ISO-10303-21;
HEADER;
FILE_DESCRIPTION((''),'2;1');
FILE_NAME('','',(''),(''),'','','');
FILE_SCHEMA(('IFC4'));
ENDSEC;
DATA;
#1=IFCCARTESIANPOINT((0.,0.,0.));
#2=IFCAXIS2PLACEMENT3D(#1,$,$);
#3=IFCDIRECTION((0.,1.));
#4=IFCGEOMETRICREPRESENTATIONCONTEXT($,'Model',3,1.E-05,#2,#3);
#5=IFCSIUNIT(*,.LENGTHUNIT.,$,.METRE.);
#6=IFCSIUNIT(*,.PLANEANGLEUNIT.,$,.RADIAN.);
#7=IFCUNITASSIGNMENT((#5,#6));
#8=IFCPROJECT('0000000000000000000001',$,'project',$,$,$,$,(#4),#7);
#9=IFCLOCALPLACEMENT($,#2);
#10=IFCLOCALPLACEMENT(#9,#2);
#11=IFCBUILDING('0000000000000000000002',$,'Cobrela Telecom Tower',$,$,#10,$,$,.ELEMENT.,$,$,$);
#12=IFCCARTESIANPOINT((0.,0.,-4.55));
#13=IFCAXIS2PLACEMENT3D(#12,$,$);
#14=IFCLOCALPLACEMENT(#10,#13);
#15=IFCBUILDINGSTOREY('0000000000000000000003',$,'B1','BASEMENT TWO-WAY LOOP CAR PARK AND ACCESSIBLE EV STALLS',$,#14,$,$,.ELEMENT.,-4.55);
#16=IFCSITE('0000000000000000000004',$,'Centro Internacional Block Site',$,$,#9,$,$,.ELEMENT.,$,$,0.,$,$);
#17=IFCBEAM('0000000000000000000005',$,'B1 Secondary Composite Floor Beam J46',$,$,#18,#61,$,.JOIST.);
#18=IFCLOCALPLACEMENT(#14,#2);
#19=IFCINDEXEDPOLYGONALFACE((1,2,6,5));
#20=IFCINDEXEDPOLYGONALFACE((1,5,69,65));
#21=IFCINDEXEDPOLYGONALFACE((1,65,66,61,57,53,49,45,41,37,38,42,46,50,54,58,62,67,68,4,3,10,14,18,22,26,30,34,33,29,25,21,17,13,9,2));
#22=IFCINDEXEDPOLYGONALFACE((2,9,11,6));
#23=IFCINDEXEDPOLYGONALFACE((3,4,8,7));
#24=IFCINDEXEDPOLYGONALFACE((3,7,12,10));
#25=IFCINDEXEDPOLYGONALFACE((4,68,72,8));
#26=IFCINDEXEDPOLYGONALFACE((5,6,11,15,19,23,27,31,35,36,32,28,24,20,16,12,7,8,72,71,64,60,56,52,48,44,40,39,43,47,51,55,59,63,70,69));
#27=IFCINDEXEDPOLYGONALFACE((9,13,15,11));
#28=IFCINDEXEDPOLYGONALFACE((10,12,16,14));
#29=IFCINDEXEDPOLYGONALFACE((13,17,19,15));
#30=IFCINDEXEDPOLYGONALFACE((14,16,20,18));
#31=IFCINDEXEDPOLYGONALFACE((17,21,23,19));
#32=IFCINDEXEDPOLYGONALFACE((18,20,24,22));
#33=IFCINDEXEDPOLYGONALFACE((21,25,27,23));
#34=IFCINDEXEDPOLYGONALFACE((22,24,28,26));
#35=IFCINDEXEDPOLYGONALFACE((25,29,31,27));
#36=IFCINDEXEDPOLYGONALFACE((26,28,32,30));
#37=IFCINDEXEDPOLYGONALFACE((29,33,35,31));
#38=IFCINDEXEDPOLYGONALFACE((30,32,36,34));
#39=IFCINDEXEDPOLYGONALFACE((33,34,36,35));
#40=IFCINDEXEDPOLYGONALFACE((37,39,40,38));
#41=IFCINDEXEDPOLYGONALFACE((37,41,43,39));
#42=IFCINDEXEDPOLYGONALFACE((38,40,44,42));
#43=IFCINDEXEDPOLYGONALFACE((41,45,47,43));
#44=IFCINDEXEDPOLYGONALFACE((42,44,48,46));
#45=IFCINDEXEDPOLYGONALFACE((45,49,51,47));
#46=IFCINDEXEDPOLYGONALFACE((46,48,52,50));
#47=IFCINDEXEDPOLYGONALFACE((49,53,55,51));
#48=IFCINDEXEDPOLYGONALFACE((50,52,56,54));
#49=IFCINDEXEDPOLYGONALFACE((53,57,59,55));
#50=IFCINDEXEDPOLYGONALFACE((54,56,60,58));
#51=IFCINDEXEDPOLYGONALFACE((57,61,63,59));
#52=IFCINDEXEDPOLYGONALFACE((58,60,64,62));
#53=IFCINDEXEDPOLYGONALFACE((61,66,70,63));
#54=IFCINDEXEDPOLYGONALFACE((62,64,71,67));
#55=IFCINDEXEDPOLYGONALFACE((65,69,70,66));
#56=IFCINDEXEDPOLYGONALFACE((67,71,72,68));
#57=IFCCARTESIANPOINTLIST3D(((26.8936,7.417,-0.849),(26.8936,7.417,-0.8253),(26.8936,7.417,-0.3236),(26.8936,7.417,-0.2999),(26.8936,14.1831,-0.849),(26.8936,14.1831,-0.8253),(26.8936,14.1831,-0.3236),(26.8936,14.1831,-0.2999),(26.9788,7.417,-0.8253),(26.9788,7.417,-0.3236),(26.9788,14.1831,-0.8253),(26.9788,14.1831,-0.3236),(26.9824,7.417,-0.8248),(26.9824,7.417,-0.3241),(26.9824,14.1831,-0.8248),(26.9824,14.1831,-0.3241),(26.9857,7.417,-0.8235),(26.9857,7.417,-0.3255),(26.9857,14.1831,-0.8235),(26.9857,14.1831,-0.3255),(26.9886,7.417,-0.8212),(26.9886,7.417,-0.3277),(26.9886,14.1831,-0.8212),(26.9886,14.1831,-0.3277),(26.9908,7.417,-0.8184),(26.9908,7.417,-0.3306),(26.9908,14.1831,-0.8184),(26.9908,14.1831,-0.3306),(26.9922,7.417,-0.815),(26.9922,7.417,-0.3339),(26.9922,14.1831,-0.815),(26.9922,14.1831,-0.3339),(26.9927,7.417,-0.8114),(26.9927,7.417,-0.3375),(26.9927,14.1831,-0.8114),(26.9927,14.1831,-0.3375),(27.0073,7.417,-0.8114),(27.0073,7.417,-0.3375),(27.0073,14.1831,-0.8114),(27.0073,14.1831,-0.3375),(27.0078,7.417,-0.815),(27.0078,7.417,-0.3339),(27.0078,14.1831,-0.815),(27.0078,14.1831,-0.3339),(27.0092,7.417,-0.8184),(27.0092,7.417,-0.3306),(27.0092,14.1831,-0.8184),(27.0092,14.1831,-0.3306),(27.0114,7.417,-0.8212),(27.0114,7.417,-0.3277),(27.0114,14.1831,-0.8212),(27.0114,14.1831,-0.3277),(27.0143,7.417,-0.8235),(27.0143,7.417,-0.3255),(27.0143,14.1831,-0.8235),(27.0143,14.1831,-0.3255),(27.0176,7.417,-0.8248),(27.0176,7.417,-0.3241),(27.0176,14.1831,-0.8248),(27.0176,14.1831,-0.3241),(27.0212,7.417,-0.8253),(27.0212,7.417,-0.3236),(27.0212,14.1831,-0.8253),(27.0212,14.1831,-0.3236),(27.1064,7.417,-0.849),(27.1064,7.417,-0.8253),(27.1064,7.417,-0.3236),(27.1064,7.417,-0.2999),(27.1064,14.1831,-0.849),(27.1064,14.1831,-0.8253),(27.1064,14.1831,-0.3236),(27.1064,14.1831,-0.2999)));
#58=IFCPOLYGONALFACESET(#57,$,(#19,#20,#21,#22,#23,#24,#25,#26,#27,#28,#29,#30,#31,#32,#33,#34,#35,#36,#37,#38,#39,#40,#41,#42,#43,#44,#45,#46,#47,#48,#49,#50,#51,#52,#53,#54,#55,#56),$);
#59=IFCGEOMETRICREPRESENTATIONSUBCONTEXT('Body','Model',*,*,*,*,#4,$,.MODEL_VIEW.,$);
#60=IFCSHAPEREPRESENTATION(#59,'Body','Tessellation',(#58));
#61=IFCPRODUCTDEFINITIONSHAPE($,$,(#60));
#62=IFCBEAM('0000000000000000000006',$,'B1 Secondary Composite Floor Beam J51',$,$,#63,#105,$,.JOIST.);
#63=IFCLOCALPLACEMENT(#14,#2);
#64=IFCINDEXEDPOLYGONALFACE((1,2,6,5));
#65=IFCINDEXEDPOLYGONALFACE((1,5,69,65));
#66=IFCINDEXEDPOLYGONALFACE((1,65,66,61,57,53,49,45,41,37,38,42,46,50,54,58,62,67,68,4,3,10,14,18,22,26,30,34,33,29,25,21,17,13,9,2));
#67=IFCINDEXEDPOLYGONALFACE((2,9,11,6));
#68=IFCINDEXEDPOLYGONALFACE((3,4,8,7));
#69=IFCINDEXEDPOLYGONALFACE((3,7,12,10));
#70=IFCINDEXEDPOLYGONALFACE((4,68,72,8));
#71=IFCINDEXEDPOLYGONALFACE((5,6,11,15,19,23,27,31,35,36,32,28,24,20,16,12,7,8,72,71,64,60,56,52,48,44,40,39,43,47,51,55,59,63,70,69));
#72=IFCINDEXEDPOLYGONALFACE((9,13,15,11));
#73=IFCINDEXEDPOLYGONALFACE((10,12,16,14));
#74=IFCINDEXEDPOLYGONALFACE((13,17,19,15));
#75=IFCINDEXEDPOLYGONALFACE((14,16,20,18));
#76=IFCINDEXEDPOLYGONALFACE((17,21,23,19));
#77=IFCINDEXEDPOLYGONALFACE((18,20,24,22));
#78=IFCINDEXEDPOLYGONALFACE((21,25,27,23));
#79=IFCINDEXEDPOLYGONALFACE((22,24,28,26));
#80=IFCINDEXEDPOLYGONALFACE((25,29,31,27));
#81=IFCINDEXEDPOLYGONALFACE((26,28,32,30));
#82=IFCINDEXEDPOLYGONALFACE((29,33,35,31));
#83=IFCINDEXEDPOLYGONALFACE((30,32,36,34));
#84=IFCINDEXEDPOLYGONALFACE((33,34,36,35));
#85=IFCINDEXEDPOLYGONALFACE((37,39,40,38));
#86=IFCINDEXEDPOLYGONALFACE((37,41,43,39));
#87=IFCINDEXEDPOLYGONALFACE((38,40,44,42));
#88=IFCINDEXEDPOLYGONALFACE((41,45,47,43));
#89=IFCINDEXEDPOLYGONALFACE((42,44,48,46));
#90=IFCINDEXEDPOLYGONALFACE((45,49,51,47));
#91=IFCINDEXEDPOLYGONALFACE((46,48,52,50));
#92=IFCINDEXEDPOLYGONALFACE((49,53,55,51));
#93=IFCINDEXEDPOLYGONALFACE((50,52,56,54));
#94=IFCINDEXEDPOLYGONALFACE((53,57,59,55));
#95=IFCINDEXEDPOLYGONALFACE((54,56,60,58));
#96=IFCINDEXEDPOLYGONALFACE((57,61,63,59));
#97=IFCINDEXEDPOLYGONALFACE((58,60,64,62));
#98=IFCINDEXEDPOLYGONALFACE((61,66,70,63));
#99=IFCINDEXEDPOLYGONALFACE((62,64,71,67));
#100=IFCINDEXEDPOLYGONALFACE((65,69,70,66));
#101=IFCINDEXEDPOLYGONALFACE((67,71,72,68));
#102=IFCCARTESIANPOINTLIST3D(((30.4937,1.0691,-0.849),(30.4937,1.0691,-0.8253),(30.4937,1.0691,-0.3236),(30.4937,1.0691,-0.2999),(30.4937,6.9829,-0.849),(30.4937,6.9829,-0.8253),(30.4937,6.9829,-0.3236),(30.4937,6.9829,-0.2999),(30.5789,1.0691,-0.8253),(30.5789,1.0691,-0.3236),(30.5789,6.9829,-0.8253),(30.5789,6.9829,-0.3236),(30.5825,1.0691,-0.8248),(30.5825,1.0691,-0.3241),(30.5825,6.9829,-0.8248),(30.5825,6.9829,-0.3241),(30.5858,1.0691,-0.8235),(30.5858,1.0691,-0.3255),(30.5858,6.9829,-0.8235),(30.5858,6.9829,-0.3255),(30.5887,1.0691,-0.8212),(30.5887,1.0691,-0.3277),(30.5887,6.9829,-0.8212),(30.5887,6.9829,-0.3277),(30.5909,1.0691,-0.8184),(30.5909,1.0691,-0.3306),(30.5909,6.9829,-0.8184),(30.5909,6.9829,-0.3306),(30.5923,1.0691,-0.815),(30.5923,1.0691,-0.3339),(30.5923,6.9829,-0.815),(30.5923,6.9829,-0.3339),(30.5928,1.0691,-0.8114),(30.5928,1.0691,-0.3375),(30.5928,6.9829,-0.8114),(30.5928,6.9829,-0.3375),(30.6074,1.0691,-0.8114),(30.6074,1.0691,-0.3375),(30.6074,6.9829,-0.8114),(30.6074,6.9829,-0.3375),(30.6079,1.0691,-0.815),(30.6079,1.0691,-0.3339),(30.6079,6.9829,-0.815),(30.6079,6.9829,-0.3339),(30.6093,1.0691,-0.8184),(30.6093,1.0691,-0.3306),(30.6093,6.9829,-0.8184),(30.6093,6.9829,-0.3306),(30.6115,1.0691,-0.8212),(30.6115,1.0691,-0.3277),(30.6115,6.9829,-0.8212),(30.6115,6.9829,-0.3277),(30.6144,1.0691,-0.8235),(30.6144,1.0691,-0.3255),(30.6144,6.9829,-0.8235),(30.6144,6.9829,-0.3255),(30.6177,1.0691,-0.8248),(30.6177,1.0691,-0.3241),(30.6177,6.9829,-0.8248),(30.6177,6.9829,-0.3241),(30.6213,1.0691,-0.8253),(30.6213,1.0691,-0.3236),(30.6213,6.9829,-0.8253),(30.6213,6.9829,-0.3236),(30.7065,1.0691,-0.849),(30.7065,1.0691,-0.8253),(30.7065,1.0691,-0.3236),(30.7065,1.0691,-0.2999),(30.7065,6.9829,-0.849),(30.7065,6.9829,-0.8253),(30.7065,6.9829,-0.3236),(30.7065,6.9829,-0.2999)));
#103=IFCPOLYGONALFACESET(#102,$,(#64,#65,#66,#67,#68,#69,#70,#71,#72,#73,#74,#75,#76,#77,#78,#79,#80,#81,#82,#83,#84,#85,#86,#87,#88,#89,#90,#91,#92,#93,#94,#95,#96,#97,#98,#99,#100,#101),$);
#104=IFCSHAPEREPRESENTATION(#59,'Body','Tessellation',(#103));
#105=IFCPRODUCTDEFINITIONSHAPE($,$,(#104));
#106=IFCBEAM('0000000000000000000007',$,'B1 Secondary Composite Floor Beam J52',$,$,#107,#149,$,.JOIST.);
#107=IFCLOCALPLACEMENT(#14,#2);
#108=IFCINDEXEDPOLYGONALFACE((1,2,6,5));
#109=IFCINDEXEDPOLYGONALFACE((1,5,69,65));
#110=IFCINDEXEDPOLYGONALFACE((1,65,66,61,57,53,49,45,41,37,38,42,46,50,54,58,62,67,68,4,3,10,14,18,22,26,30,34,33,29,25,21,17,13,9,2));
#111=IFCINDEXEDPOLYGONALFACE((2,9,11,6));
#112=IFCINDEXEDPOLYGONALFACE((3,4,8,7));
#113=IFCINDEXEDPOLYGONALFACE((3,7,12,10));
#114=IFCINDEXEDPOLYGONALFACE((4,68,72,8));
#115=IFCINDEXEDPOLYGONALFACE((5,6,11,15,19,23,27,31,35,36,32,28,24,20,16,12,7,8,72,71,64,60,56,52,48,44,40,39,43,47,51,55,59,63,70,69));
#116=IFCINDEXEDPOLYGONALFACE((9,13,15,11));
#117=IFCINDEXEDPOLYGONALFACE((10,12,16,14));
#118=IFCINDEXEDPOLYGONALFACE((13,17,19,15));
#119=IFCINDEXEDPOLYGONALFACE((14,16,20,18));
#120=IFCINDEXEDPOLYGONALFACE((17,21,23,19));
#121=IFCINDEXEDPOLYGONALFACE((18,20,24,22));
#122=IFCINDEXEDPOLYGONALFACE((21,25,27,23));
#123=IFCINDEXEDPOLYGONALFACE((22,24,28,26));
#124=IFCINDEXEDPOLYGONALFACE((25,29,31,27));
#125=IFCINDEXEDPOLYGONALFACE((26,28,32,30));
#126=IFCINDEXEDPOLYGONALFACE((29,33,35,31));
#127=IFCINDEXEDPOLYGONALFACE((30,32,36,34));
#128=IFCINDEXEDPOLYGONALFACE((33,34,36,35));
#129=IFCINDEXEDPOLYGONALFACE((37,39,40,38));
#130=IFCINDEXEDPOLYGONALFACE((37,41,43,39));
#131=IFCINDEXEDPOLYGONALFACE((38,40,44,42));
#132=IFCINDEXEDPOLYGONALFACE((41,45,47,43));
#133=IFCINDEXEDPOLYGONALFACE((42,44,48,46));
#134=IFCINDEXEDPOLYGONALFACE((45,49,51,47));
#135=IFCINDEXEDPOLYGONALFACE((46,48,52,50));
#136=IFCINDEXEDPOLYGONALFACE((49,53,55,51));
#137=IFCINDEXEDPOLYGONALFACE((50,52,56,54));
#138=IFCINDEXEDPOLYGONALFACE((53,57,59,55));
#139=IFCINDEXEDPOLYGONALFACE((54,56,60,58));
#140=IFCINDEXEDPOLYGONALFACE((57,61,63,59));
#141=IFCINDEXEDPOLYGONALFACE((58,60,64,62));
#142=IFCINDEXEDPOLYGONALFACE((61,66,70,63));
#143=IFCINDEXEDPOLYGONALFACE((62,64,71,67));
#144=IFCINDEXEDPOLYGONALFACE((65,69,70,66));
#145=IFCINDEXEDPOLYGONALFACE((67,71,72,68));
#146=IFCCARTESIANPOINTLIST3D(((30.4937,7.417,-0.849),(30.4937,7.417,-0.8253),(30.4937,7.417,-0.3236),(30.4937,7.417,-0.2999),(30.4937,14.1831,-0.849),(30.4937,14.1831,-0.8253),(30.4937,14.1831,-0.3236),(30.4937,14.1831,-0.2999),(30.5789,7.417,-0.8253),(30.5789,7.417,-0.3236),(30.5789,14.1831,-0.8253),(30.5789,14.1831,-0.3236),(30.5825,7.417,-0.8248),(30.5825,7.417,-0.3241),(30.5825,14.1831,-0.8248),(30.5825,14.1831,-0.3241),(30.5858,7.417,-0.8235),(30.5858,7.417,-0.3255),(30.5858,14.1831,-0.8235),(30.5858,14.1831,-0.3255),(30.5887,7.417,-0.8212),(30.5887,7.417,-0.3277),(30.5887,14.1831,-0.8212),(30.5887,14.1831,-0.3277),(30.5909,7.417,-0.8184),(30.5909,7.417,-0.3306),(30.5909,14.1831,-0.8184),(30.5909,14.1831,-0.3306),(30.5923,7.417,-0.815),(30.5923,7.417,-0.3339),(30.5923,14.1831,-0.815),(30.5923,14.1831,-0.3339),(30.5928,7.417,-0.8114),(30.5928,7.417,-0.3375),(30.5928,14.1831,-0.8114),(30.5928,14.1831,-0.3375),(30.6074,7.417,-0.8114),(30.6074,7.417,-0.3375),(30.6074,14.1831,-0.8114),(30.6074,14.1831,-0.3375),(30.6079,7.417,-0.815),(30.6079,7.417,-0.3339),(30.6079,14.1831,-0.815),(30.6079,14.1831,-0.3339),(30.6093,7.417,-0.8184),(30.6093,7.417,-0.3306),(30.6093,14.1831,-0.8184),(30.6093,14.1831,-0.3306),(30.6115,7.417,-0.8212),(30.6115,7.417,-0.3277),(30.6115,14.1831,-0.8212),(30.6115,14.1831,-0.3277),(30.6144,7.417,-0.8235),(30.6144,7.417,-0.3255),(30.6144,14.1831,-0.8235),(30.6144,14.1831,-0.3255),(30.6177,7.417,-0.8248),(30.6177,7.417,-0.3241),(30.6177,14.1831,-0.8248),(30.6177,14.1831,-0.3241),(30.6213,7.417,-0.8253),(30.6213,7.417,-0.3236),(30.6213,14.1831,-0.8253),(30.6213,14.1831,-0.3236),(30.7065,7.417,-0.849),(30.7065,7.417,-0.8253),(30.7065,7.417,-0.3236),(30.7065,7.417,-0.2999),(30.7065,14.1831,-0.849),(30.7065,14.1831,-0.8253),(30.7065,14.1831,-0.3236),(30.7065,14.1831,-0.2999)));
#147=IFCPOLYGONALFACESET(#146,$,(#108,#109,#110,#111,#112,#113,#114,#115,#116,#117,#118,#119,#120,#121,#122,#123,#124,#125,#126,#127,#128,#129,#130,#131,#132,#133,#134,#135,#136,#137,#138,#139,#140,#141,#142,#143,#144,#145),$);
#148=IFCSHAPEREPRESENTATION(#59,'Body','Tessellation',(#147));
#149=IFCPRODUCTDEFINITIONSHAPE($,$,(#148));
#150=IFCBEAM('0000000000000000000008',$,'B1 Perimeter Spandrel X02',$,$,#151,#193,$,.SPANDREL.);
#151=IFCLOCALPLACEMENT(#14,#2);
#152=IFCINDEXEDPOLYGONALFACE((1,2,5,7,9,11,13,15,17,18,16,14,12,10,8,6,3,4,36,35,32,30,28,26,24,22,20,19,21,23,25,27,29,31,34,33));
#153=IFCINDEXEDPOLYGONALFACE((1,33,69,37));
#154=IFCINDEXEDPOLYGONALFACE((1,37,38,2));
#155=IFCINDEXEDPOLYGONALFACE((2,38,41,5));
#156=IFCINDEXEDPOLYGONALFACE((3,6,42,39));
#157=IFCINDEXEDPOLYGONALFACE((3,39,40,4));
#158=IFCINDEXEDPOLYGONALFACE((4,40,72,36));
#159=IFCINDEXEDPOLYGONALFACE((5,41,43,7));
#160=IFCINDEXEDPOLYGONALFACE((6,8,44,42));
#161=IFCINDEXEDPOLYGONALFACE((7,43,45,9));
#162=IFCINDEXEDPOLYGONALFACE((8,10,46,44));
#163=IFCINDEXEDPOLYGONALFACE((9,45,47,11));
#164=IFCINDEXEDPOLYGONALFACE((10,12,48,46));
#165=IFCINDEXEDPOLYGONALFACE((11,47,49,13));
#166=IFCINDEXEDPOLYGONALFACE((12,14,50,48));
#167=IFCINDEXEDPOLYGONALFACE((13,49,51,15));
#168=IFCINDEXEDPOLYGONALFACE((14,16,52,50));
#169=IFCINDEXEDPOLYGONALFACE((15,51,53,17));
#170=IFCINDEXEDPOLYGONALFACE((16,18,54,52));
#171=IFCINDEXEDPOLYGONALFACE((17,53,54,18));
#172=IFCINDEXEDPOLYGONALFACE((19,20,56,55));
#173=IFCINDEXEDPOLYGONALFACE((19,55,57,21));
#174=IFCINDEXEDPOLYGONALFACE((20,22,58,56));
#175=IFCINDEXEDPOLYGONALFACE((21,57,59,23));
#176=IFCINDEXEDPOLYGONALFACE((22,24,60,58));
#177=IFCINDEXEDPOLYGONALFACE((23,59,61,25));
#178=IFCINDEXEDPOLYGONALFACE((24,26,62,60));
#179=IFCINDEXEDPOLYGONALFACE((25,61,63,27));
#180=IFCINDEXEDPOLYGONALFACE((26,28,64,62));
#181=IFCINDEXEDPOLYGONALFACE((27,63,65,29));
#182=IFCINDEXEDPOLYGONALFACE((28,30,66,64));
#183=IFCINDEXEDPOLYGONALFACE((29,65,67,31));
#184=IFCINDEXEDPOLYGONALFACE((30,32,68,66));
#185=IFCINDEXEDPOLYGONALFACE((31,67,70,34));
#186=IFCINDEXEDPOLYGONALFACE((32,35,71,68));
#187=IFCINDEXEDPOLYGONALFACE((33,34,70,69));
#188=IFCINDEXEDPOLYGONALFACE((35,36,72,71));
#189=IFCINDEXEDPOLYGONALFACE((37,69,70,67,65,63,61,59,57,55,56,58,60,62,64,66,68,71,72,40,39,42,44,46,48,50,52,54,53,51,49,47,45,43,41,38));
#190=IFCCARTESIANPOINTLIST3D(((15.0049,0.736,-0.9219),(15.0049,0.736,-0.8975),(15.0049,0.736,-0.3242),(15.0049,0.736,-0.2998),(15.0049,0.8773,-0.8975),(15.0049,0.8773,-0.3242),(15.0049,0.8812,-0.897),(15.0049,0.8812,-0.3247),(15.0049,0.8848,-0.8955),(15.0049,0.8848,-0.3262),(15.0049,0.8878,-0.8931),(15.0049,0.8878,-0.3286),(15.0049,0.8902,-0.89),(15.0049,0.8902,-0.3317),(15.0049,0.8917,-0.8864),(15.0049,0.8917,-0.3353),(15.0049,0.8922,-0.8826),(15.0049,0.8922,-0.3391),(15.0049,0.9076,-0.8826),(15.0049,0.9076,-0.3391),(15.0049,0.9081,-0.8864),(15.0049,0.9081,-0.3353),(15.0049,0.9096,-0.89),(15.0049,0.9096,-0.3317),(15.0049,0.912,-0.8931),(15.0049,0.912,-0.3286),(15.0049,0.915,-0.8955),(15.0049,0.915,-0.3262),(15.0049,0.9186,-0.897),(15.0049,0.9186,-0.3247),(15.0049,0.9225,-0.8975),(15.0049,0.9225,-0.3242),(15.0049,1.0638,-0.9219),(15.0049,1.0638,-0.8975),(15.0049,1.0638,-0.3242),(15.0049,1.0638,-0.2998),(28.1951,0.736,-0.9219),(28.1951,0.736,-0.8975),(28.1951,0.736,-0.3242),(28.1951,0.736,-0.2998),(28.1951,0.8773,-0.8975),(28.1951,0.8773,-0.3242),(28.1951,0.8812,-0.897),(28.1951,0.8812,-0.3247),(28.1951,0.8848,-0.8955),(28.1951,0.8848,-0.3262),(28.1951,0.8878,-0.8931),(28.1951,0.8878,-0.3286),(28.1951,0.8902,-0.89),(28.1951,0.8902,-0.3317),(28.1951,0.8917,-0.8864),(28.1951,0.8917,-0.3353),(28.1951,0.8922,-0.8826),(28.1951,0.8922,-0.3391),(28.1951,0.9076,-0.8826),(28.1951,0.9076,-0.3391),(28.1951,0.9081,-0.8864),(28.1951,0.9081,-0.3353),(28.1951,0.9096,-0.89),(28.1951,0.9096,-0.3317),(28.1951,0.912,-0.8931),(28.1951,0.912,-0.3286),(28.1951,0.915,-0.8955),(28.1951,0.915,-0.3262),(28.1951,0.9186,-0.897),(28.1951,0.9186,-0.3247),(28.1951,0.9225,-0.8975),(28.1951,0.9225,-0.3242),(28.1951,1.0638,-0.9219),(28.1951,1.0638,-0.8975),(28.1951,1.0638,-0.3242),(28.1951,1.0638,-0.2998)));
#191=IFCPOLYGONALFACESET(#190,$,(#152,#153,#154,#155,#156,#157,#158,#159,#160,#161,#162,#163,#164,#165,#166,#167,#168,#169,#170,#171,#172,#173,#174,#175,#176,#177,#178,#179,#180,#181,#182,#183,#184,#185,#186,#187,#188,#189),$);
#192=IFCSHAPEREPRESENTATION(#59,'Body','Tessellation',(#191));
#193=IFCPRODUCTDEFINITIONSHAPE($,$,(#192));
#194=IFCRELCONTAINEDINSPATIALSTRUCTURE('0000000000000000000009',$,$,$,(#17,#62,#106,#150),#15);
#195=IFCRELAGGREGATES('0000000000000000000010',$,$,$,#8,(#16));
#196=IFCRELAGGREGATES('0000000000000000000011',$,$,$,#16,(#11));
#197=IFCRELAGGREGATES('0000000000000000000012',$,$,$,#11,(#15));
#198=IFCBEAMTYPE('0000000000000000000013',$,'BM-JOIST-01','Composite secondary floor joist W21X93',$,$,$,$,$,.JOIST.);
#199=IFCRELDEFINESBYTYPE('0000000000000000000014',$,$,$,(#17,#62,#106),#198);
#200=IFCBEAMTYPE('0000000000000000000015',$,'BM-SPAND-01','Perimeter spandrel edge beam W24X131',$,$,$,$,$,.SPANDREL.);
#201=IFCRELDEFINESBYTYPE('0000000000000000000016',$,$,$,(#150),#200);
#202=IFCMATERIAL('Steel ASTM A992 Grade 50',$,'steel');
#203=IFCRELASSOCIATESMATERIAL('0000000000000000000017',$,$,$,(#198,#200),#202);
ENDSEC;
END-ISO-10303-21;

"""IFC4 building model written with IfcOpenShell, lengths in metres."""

from ifc_helpers import new_model, si_unit, direction, frame, origin, origin_2d, place, context, subcontext, project, spatial, i_section, extrude, material, material_profile, profile_set, type_object, element, save


model = new_model("IFC4")

# Units and contexts
model_context = context("Model", 3, precision=1e-05, world=origin(), true_north=direction((0.0, 1.0)))
body_context = subcontext(model_context, "Body", "Model", "MODEL_VIEW")
ifc_project = project(units=[si_unit("LENGTHUNIT", "METRE"), si_unit("PLANEANGLEUNIT", "RADIAN")], contexts=[model_context])

# Site, building, storey
site_placement = place(None, origin())
site = spatial("IfcSite", under=ifc_project, at=site_placement, Name="Centro Internacional Block Site", CompositionType="ELEMENT", RefElevation=0.0)
building_placement = place(site_placement, origin())
building = spatial("IfcBuilding", under=site, at=building_placement, Name="Cobrela Telecom Tower", CompositionType="ELEMENT")
storey_placement = place(building_placement, frame((0.0, 0.0, -4.55)))
storey = spatial("IfcBuildingStorey", under=building, at=storey_placement, Name="B1", Description="BASEMENT TWO-WAY LOOP CAR PARK AND ACCESSIBLE EV STALLS", CompositionType="ELEMENT", Elevation=-4.55)

# Beams
ifc_material_1 = material(Name="Steel ASTM A992 Grade 50", Category="steel")
ifc_material_profile_1 = material_profile(ifc_material_1, i_section(OverallWidth=0.2129, OverallDepth=0.5491, WebThickness=0.0146, FlangeThickness=0.0237, FilletRadius=0.0139, at=origin_2d()), Name="W21X93")
ifc_profile_set_1 = profile_set([ifc_material_profile_1], Name="Steel ASTM A992 Grade 50")
beam_type_1 = type_object("IfcBeamType", Name="BM-JOIST-01", Description="Composite secondary floor joist W21X93", PredefinedType="JOIST", material=ifc_profile_set_1)
beam_1_placement = place(storey_placement, frame((27.0, 7.417, -0.5745), z_axis=(0.0, 1.0, 0.0), x_axis=(-1.0, 0.0, 0.0)))
element("IfcBeam", 1, at=beam_1_placement, inside=storey, type_object=beam_type_1, Name="B1 Secondary Composite Floor Beam J46", PredefinedType="JOIST", context=body_context, shape_type="SweptSolid", body=[
    extrude(i_section(OverallWidth=0.2129, OverallDepth=0.5491, WebThickness=0.0146, FlangeThickness=0.0237, FilletRadius=0.0139, at=origin_2d()), origin(), (0.0, 0.0, 1.0), 6.7661),
])
beam_2_placement = place(storey_placement, frame((30.6001, 1.0691, -0.5745), z_axis=(0.0, 1.0, 0.0), x_axis=(-1.0, 0.0, 0.0)))
element("IfcBeam", 2, at=beam_2_placement, inside=storey, type_object=beam_type_1, Name="B1 Secondary Composite Floor Beam J51", PredefinedType="JOIST", context=body_context, shape_type="SweptSolid", body=[
    extrude(i_section(OverallWidth=0.2129, OverallDepth=0.5491, WebThickness=0.0146, FlangeThickness=0.0237, FilletRadius=0.0139, at=origin_2d()), origin(), (0.0, 0.0, 1.0), 5.9138),
])
beam_3_placement = place(storey_placement, frame((30.6001, 7.417, -0.5745), z_axis=(0.0, 1.0, 0.0), x_axis=(-1.0, 0.0, 0.0)))
element("IfcBeam", 3, at=beam_3_placement, inside=storey, type_object=beam_type_1, Name="B1 Secondary Composite Floor Beam J52", PredefinedType="JOIST", context=body_context, shape_type="SweptSolid", body=[
    extrude(i_section(OverallWidth=0.2129, OverallDepth=0.5491, WebThickness=0.0146, FlangeThickness=0.0237, FilletRadius=0.0139, at=origin_2d()), origin(), (0.0, 0.0, 1.0), 6.7661),
])
ifc_material_profile_2 = material_profile(ifc_material_1, i_section(OverallWidth=0.3279, OverallDepth=0.6221, WebThickness=0.0154, FlangeThickness=0.0244, FilletRadius=0.0149, at=origin_2d()), Name="W24X131")
ifc_profile_set_2 = profile_set([ifc_material_profile_2], Name="Steel ASTM A992 Grade 50")
beam_type_2 = type_object("IfcBeamType", Name="BM-SPAND-01", Description="Perimeter spandrel edge beam W24X131", PredefinedType="SPANDREL", material=ifc_profile_set_2)
beam_4_placement = place(storey_placement, frame((15.0049, 0.8999, -0.6108), z_axis=(1.0, 0.0, 0.0), x_axis=(0.0, 1.0, 0.0)))
element("IfcBeam", 4, at=beam_4_placement, inside=storey, type_object=beam_type_2, Name="B1 Perimeter Spandrel X02", PredefinedType="SPANDREL", context=body_context, shape_type="SweptSolid", body=[
    extrude(i_section(OverallWidth=0.3279, OverallDepth=0.6221, WebThickness=0.0154, FlangeThickness=0.0244, FilletRadius=0.0149, at=origin_2d()), origin(), (0.0, 0.0, 1.0), 13.1902),
])

save(model, "model.ifc")
